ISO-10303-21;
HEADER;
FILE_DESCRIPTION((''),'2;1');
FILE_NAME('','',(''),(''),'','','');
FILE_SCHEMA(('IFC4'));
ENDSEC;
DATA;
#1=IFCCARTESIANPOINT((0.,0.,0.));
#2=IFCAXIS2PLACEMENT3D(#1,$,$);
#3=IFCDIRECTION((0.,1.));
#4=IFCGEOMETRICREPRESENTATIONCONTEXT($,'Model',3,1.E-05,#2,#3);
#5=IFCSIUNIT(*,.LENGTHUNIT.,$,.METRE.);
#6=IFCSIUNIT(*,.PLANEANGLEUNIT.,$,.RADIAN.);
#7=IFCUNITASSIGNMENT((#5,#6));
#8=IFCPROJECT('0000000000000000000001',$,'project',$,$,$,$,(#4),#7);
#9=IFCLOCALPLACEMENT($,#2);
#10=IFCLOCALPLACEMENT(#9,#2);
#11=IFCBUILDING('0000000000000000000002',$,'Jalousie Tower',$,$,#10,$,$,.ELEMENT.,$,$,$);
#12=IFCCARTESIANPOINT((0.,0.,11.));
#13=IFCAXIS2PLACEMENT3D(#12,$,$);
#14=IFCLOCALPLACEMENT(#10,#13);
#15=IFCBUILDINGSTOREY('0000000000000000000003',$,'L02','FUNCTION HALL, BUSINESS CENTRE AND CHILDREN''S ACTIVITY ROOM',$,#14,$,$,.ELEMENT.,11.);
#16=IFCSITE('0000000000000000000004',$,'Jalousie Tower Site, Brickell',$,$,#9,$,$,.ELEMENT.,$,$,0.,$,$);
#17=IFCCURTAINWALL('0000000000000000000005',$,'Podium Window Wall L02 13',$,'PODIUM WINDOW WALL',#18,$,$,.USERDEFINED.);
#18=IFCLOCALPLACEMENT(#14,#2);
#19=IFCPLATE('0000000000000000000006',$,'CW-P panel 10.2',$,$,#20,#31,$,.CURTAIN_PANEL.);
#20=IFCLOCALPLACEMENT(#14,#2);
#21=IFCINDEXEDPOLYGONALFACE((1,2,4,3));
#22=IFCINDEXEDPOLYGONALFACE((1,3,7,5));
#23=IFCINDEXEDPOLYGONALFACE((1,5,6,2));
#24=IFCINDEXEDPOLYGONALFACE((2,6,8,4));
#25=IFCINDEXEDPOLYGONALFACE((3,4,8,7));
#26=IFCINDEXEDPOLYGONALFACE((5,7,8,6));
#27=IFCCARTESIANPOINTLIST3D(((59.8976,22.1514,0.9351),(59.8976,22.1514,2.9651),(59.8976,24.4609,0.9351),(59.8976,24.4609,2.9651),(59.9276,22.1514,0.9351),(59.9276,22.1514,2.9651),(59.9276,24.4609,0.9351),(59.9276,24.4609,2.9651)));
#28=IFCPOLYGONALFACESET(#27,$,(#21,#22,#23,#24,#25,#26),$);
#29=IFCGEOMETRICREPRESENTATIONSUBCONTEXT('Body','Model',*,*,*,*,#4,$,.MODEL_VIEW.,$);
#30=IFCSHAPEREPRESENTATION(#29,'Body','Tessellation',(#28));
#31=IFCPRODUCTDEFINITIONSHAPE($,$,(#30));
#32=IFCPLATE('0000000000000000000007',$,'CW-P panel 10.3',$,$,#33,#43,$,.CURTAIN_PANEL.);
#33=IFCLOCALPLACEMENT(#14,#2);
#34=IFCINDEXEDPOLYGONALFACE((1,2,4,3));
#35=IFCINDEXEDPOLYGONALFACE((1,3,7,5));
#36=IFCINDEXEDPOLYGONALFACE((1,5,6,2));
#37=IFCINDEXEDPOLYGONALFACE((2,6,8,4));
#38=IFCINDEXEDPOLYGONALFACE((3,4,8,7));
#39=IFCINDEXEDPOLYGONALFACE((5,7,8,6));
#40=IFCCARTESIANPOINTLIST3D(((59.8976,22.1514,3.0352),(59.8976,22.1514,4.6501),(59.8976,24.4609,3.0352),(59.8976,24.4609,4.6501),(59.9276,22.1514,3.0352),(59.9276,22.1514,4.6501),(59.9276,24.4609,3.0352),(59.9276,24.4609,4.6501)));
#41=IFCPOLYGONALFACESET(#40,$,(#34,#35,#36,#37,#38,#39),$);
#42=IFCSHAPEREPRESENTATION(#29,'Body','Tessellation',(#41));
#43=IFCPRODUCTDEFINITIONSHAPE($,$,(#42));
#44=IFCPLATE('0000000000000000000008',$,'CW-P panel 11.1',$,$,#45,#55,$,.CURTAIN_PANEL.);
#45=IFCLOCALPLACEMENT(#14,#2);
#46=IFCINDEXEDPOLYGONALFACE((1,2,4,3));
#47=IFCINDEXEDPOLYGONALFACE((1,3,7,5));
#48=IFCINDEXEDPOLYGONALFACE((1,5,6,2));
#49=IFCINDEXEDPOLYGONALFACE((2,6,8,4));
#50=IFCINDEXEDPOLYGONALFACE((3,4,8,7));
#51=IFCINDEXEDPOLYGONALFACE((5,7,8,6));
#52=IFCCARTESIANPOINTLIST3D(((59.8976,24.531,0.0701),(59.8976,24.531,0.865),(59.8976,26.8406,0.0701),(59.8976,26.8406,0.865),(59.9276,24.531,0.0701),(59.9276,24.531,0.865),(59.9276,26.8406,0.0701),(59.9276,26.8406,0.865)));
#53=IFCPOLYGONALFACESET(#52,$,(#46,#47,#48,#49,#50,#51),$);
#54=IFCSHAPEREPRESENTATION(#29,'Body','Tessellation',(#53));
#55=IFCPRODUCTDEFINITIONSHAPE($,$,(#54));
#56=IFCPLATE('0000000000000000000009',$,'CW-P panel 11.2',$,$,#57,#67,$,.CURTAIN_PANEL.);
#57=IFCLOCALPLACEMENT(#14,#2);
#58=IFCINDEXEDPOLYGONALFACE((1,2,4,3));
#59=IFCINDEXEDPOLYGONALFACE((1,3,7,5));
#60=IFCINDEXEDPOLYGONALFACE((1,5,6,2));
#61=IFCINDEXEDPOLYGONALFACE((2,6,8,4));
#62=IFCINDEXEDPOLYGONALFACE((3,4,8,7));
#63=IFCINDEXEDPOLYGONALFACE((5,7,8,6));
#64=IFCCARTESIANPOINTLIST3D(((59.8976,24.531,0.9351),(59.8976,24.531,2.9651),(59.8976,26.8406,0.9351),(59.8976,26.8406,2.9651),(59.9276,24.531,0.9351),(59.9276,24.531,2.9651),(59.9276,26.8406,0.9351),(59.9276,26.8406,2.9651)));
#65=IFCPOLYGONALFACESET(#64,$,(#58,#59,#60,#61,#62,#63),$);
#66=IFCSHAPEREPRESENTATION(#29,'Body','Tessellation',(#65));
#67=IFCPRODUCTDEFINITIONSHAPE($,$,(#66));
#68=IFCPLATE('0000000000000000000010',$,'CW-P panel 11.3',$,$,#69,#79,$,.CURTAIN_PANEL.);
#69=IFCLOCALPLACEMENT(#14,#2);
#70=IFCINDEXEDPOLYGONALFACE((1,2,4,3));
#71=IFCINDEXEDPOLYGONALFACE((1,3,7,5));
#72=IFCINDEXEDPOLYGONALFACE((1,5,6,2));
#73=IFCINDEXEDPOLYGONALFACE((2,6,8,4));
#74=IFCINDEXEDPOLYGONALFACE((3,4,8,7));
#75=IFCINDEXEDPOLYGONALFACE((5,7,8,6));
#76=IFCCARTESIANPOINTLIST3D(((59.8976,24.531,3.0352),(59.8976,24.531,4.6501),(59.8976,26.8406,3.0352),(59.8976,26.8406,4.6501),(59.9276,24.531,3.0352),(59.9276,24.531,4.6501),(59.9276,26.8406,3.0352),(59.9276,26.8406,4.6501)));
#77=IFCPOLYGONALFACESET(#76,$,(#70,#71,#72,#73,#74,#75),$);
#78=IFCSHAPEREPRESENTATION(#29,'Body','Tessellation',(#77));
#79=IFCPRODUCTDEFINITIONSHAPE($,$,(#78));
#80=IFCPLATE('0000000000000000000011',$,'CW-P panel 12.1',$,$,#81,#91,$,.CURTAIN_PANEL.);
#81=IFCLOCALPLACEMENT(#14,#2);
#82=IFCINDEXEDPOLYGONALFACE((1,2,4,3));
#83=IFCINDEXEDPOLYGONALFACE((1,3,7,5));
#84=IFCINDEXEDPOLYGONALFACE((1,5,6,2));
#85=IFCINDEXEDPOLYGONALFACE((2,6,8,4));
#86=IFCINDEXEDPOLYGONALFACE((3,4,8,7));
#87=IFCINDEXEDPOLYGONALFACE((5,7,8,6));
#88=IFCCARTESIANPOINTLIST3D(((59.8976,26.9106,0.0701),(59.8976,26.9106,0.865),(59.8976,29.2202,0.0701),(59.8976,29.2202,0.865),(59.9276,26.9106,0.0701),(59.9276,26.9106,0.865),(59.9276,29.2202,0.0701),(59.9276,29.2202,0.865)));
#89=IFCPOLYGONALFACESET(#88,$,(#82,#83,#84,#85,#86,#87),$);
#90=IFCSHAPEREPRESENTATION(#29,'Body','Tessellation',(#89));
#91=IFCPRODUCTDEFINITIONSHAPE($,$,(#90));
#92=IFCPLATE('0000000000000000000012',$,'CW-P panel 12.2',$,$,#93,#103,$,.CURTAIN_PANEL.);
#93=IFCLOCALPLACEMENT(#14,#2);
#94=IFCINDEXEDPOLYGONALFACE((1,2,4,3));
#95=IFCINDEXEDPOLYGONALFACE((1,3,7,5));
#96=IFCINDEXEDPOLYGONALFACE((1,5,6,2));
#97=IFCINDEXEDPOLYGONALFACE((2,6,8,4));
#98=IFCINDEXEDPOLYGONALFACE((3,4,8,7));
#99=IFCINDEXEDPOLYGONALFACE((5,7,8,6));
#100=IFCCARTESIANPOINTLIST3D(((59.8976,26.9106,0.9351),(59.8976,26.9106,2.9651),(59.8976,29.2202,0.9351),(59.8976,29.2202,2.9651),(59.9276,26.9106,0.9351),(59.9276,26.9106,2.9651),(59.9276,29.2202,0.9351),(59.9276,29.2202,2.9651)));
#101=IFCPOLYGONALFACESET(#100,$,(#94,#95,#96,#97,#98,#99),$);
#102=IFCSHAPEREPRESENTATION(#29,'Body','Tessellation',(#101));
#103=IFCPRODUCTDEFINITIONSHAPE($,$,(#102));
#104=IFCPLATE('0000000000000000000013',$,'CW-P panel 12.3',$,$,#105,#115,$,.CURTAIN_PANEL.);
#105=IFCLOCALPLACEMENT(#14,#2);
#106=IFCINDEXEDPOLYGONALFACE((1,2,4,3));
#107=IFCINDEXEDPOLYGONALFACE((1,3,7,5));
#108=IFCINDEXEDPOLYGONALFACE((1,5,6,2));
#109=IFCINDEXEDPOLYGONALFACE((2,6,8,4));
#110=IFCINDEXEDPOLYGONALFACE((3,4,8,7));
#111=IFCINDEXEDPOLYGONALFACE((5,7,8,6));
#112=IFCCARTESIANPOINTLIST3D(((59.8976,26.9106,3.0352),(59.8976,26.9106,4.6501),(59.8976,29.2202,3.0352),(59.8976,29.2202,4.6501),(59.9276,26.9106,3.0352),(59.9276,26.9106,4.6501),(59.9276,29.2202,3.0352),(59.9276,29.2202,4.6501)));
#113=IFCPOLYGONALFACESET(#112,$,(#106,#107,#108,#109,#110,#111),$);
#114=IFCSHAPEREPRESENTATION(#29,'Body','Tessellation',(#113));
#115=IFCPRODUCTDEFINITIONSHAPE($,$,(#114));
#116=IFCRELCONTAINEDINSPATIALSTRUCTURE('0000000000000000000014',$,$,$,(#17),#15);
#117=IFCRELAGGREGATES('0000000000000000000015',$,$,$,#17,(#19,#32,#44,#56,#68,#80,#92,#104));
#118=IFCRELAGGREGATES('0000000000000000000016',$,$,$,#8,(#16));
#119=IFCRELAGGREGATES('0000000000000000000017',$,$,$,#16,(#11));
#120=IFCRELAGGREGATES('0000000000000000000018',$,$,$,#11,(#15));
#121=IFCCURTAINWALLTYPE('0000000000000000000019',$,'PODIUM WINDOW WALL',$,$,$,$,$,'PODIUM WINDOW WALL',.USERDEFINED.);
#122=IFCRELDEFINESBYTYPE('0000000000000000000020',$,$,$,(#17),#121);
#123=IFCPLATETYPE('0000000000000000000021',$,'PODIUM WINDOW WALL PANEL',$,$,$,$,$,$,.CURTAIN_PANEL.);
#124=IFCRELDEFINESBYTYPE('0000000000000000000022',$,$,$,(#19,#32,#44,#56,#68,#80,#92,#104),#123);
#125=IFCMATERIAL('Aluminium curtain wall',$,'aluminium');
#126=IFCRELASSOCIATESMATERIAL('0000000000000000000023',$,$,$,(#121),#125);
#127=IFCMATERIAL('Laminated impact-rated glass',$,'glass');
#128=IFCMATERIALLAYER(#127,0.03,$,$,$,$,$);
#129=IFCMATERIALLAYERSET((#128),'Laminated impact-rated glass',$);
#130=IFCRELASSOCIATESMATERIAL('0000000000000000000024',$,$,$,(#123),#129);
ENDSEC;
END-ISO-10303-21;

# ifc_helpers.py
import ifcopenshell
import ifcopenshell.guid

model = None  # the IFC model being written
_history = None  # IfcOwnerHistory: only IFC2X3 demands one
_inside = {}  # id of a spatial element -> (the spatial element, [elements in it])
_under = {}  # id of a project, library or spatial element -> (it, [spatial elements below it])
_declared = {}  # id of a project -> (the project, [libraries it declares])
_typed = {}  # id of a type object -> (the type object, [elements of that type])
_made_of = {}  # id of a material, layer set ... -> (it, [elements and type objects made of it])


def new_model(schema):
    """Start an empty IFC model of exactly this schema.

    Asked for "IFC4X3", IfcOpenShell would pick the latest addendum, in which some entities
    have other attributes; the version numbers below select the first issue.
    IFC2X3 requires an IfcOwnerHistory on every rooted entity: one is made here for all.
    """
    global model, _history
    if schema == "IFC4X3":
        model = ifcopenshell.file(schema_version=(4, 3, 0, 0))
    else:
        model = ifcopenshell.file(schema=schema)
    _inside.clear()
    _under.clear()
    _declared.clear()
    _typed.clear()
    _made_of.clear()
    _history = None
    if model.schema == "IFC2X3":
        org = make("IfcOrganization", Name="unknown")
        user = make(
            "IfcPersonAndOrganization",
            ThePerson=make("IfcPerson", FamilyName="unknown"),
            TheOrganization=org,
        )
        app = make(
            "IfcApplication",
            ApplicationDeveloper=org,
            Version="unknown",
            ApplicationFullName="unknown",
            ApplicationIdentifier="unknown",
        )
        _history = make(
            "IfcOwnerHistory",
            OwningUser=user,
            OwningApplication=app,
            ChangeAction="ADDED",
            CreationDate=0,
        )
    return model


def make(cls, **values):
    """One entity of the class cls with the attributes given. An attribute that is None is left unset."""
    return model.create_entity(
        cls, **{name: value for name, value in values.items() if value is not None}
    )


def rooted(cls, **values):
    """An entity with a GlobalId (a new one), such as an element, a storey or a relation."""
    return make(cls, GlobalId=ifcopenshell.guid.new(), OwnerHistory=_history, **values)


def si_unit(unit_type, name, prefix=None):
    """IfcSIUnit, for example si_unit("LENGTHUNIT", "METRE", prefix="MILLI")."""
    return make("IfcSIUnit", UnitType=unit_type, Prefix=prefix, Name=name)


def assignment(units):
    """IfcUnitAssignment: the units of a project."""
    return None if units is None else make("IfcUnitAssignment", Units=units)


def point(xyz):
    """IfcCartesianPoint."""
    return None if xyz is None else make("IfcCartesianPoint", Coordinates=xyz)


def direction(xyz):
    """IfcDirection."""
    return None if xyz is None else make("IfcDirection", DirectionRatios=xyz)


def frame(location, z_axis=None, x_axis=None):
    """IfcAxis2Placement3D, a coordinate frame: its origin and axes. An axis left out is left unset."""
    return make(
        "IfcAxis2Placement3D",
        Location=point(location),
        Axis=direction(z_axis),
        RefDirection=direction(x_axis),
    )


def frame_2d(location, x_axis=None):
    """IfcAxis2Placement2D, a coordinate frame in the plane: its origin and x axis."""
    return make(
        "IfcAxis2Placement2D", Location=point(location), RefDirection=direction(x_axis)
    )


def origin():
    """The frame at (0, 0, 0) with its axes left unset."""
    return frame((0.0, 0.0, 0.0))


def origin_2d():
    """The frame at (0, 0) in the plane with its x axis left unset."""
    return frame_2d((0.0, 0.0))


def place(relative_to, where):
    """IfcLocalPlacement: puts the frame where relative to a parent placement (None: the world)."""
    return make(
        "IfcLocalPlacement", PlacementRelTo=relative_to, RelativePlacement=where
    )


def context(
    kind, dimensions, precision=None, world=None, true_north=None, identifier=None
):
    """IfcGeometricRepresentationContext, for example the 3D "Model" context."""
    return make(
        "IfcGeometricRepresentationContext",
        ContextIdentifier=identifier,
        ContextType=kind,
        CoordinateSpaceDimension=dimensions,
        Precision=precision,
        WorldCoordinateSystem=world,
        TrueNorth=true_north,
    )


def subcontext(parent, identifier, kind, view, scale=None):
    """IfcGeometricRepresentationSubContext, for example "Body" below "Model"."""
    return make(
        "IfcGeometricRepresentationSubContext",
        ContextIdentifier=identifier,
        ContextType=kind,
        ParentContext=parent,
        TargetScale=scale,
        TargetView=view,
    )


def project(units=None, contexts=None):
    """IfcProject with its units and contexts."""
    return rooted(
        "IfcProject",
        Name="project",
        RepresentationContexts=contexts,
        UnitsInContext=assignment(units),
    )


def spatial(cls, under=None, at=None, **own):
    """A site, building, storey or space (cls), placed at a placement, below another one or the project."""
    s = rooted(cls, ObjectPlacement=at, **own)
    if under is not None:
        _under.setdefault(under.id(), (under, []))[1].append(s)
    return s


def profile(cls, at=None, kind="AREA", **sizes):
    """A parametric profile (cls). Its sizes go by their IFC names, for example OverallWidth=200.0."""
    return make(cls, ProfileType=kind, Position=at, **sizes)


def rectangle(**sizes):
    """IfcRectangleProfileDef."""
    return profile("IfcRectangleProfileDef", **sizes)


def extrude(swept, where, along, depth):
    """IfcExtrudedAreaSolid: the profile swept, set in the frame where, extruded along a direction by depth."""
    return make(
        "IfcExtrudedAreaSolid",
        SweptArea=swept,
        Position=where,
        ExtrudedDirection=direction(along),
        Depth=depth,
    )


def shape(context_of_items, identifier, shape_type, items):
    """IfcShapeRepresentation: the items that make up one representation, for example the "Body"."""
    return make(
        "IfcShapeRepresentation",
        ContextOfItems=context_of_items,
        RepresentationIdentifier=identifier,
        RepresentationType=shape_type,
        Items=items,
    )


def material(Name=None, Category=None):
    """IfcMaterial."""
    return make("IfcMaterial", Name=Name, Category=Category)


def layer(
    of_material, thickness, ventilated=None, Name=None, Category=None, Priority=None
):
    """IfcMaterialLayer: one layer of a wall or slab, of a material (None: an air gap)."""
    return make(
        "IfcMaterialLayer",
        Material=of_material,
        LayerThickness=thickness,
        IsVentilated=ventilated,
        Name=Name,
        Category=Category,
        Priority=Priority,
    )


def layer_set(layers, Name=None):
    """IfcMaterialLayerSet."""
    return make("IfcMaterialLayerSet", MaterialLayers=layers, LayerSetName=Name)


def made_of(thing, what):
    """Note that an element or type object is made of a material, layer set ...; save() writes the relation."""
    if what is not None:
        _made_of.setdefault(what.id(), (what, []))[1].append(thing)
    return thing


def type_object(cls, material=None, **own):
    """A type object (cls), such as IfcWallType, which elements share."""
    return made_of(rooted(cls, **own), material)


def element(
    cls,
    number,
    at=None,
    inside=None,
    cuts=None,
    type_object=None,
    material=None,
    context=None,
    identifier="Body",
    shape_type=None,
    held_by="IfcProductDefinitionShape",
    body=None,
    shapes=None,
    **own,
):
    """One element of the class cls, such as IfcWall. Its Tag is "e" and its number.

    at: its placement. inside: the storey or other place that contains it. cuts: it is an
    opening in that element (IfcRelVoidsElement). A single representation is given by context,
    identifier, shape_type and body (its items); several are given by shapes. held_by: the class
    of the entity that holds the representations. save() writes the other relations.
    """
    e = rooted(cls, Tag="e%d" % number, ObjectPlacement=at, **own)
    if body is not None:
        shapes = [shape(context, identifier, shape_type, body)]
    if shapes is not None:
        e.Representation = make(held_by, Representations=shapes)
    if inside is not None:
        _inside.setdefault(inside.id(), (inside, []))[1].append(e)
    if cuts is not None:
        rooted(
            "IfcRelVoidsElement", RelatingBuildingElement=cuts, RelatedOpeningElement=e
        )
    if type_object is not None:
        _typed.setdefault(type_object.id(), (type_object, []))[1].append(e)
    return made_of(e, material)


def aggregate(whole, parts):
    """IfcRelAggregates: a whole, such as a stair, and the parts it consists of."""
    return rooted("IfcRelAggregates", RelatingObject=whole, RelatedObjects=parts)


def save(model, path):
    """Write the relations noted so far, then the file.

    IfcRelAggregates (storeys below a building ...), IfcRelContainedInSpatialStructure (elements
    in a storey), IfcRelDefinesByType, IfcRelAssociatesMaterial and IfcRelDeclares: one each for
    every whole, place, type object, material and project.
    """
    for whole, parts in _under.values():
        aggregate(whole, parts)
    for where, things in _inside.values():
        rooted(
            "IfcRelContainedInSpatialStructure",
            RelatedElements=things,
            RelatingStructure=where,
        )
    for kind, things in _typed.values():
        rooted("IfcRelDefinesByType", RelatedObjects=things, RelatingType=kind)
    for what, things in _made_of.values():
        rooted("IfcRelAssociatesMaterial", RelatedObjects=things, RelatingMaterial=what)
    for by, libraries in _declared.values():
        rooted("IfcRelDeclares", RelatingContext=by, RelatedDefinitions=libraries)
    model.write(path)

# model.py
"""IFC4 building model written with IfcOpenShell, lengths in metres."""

from ifc_helpers import new_model, si_unit, direction, frame, origin, origin_2d, place, context, subcontext, project, spatial, rectangle, extrude, material, layer, layer_set, type_object, element, aggregate, save


model = new_model("IFC4")

# Units and contexts
model_context = context("Model", 3, precision=1e-05, world=origin(), true_north=direction((0.0, 1.0)))
body_context = subcontext(model_context, "Body", "Model", "MODEL_VIEW")
ifc_project = project(units=[si_unit("LENGTHUNIT", "METRE"), si_unit("PLANEANGLEUNIT", "RADIAN")], contexts=[model_context])

# Site, building, storey
site_placement = place(None, origin())
site = spatial("IfcSite", under=ifc_project, at=site_placement, Name="Jalousie Tower Site, Brickell", CompositionType="ELEMENT", RefElevation=0.0)
building_placement = place(site_placement, origin())
building = spatial("IfcBuilding", under=site, at=building_placement, Name="Jalousie Tower", CompositionType="ELEMENT")
storey_placement = place(building_placement, frame((0.0, 0.0, 11.0)))
storey = spatial("IfcBuildingStorey", under=building, at=storey_placement, Name="L02", Description="FUNCTION HALL, BUSINESS CENTRE AND CHILDREN'S ACTIVITY ROOM", CompositionType="ELEMENT", Elevation=11.0)

# Curtain wall
ifc_material_1 = material(Name="Aluminium curtain wall", Category="aluminium")
curtain_wall_type = type_object("IfcCurtainWallType", Name="PODIUM WINDOW WALL", ElementType="PODIUM WINDOW WALL", PredefinedType="USERDEFINED", material=ifc_material_1)
curtain_wall_placement = place(storey_placement, origin())
curtain_wall = element("IfcCurtainWall", 1, at=curtain_wall_placement, inside=storey, type_object=curtain_wall_type, Name="Podium Window Wall L02 13", ObjectType="PODIUM WINDOW WALL", PredefinedType="USERDEFINED")

# Plates
ifc_material_2 = material(Name="Laminated impact-rated glass", Category="glass")
ifc_layer = layer(ifc_material_2, 0.03)
ifc_layer_set = layer_set([ifc_layer], Name="Laminated impact-rated glass")
plate_type = type_object("IfcPlateType", Name="PODIUM WINDOW WALL PANEL", PredefinedType="CURTAIN_PANEL", material=ifc_layer_set)
plate_1_placement = place(storey_placement, frame((59.9126, 23.3062, 0.9351), z_axis=(0.0, 0.0, 1.0), x_axis=(0.0, 1.0, 0.0)))
plate_1 = element("IfcPlate", 2, at=plate_1_placement, type_object=plate_type, Name="CW-P panel 10.2", PredefinedType="CURTAIN_PANEL", context=body_context, shape_type="SweptSolid", body=[
    extrude(rectangle(XDim=2.3096, YDim=0.03, at=origin_2d()), origin(), (0.0, 0.0, 1.0), 2.03),
])
plate_2_placement = place(storey_placement, frame((59.9126, 23.3062, 3.0352), z_axis=(0.0, 0.0, 1.0), x_axis=(0.0, 1.0, 0.0)))
plate_2 = element("IfcPlate", 3, at=plate_2_placement, type_object=plate_type, Name="CW-P panel 10.3", PredefinedType="CURTAIN_PANEL", context=body_context, shape_type="SweptSolid", body=[
    extrude(rectangle(XDim=2.3096, YDim=0.03, at=origin_2d()), origin(), (0.0, 0.0, 1.0), 1.615),
])
plate_3_placement = place(storey_placement, frame((59.9126, 25.6858, 0.0701), z_axis=(0.0, 0.0, 1.0), x_axis=(0.0, 1.0, 0.0)))
plate_3 = element("IfcPlate", 4, at=plate_3_placement, type_object=plate_type, Name="CW-P panel 11.1", PredefinedType="CURTAIN_PANEL", context=body_context, shape_type="SweptSolid", body=[
    extrude(rectangle(XDim=2.3096, YDim=0.03, at=origin_2d()), origin(), (0.0, 0.0, 1.0), 0.7949),
])
plate_4_placement = place(storey_placement, frame((59.9126, 25.6858, 0.9351), z_axis=(0.0, 0.0, 1.0), x_axis=(0.0, 1.0, 0.0)))
plate_4 = element("IfcPlate", 5, at=plate_4_placement, type_object=plate_type, Name="CW-P panel 11.2", PredefinedType="CURTAIN_PANEL", context=body_context, shape_type="SweptSolid", body=[
    extrude(rectangle(XDim=2.3096, YDim=0.03, at=origin_2d()), origin(), (0.0, 0.0, 1.0), 2.03),
])
plate_5_placement = place(storey_placement, frame((59.9126, 25.6858, 3.0352), z_axis=(0.0, 0.0, 1.0), x_axis=(0.0, 1.0, 0.0)))
plate_5 = element("IfcPlate", 6, at=plate_5_placement, type_object=plate_type, Name="CW-P panel 11.3", PredefinedType="CURTAIN_PANEL", context=body_context, shape_type="SweptSolid", body=[
    extrude(rectangle(XDim=2.3096, YDim=0.03, at=origin_2d()), origin(), (0.0, 0.0, 1.0), 1.615),
])
plate_6_placement = place(storey_placement, frame((59.9126, 28.0654, 0.0701), z_axis=(0.0, 0.0, 1.0), x_axis=(0.0, 1.0, 0.0)))
plate_6 = element("IfcPlate", 7, at=plate_6_placement, type_object=plate_type, Name="CW-P panel 12.1", PredefinedType="CURTAIN_PANEL", context=body_context, shape_type="SweptSolid", body=[
    extrude(rectangle(XDim=2.3096, YDim=0.03, at=origin_2d()), origin(), (0.0, 0.0, 1.0), 0.7949),
])
plate_7_placement = place(storey_placement, frame((59.9126, 28.0654, 0.9351), z_axis=(0.0, 0.0, 1.0), x_axis=(0.0, 1.0, 0.0)))
plate_7 = element("IfcPlate", 8, at=plate_7_placement, type_object=plate_type, Name="CW-P panel 12.2", PredefinedType="CURTAIN_PANEL", context=body_context, shape_type="SweptSolid", body=[
    extrude(rectangle(XDim=2.3096, YDim=0.03, at=origin_2d()), origin(), (0.0, 0.0, 1.0), 2.03),
])
plate_8_placement = place(storey_placement, frame((59.9126, 28.0654, 3.0352), z_axis=(0.0, 0.0, 1.0), x_axis=(0.0, 1.0, 0.0)))
plate_8 = element("IfcPlate", 9, at=plate_8_placement, type_object=plate_type, Name="CW-P panel 12.3", PredefinedType="CURTAIN_PANEL", context=body_context, shape_type="SweptSolid", body=[
    extrude(rectangle(XDim=2.3096, YDim=0.03, at=origin_2d()), origin(), (0.0, 0.0, 1.0), 1.615),
])
aggregate(curtain_wall, [plate_1, plate_2, plate_3, plate_4, plate_5, plate_6, plate_7, plate_8])

save(model, "model.ifc")
